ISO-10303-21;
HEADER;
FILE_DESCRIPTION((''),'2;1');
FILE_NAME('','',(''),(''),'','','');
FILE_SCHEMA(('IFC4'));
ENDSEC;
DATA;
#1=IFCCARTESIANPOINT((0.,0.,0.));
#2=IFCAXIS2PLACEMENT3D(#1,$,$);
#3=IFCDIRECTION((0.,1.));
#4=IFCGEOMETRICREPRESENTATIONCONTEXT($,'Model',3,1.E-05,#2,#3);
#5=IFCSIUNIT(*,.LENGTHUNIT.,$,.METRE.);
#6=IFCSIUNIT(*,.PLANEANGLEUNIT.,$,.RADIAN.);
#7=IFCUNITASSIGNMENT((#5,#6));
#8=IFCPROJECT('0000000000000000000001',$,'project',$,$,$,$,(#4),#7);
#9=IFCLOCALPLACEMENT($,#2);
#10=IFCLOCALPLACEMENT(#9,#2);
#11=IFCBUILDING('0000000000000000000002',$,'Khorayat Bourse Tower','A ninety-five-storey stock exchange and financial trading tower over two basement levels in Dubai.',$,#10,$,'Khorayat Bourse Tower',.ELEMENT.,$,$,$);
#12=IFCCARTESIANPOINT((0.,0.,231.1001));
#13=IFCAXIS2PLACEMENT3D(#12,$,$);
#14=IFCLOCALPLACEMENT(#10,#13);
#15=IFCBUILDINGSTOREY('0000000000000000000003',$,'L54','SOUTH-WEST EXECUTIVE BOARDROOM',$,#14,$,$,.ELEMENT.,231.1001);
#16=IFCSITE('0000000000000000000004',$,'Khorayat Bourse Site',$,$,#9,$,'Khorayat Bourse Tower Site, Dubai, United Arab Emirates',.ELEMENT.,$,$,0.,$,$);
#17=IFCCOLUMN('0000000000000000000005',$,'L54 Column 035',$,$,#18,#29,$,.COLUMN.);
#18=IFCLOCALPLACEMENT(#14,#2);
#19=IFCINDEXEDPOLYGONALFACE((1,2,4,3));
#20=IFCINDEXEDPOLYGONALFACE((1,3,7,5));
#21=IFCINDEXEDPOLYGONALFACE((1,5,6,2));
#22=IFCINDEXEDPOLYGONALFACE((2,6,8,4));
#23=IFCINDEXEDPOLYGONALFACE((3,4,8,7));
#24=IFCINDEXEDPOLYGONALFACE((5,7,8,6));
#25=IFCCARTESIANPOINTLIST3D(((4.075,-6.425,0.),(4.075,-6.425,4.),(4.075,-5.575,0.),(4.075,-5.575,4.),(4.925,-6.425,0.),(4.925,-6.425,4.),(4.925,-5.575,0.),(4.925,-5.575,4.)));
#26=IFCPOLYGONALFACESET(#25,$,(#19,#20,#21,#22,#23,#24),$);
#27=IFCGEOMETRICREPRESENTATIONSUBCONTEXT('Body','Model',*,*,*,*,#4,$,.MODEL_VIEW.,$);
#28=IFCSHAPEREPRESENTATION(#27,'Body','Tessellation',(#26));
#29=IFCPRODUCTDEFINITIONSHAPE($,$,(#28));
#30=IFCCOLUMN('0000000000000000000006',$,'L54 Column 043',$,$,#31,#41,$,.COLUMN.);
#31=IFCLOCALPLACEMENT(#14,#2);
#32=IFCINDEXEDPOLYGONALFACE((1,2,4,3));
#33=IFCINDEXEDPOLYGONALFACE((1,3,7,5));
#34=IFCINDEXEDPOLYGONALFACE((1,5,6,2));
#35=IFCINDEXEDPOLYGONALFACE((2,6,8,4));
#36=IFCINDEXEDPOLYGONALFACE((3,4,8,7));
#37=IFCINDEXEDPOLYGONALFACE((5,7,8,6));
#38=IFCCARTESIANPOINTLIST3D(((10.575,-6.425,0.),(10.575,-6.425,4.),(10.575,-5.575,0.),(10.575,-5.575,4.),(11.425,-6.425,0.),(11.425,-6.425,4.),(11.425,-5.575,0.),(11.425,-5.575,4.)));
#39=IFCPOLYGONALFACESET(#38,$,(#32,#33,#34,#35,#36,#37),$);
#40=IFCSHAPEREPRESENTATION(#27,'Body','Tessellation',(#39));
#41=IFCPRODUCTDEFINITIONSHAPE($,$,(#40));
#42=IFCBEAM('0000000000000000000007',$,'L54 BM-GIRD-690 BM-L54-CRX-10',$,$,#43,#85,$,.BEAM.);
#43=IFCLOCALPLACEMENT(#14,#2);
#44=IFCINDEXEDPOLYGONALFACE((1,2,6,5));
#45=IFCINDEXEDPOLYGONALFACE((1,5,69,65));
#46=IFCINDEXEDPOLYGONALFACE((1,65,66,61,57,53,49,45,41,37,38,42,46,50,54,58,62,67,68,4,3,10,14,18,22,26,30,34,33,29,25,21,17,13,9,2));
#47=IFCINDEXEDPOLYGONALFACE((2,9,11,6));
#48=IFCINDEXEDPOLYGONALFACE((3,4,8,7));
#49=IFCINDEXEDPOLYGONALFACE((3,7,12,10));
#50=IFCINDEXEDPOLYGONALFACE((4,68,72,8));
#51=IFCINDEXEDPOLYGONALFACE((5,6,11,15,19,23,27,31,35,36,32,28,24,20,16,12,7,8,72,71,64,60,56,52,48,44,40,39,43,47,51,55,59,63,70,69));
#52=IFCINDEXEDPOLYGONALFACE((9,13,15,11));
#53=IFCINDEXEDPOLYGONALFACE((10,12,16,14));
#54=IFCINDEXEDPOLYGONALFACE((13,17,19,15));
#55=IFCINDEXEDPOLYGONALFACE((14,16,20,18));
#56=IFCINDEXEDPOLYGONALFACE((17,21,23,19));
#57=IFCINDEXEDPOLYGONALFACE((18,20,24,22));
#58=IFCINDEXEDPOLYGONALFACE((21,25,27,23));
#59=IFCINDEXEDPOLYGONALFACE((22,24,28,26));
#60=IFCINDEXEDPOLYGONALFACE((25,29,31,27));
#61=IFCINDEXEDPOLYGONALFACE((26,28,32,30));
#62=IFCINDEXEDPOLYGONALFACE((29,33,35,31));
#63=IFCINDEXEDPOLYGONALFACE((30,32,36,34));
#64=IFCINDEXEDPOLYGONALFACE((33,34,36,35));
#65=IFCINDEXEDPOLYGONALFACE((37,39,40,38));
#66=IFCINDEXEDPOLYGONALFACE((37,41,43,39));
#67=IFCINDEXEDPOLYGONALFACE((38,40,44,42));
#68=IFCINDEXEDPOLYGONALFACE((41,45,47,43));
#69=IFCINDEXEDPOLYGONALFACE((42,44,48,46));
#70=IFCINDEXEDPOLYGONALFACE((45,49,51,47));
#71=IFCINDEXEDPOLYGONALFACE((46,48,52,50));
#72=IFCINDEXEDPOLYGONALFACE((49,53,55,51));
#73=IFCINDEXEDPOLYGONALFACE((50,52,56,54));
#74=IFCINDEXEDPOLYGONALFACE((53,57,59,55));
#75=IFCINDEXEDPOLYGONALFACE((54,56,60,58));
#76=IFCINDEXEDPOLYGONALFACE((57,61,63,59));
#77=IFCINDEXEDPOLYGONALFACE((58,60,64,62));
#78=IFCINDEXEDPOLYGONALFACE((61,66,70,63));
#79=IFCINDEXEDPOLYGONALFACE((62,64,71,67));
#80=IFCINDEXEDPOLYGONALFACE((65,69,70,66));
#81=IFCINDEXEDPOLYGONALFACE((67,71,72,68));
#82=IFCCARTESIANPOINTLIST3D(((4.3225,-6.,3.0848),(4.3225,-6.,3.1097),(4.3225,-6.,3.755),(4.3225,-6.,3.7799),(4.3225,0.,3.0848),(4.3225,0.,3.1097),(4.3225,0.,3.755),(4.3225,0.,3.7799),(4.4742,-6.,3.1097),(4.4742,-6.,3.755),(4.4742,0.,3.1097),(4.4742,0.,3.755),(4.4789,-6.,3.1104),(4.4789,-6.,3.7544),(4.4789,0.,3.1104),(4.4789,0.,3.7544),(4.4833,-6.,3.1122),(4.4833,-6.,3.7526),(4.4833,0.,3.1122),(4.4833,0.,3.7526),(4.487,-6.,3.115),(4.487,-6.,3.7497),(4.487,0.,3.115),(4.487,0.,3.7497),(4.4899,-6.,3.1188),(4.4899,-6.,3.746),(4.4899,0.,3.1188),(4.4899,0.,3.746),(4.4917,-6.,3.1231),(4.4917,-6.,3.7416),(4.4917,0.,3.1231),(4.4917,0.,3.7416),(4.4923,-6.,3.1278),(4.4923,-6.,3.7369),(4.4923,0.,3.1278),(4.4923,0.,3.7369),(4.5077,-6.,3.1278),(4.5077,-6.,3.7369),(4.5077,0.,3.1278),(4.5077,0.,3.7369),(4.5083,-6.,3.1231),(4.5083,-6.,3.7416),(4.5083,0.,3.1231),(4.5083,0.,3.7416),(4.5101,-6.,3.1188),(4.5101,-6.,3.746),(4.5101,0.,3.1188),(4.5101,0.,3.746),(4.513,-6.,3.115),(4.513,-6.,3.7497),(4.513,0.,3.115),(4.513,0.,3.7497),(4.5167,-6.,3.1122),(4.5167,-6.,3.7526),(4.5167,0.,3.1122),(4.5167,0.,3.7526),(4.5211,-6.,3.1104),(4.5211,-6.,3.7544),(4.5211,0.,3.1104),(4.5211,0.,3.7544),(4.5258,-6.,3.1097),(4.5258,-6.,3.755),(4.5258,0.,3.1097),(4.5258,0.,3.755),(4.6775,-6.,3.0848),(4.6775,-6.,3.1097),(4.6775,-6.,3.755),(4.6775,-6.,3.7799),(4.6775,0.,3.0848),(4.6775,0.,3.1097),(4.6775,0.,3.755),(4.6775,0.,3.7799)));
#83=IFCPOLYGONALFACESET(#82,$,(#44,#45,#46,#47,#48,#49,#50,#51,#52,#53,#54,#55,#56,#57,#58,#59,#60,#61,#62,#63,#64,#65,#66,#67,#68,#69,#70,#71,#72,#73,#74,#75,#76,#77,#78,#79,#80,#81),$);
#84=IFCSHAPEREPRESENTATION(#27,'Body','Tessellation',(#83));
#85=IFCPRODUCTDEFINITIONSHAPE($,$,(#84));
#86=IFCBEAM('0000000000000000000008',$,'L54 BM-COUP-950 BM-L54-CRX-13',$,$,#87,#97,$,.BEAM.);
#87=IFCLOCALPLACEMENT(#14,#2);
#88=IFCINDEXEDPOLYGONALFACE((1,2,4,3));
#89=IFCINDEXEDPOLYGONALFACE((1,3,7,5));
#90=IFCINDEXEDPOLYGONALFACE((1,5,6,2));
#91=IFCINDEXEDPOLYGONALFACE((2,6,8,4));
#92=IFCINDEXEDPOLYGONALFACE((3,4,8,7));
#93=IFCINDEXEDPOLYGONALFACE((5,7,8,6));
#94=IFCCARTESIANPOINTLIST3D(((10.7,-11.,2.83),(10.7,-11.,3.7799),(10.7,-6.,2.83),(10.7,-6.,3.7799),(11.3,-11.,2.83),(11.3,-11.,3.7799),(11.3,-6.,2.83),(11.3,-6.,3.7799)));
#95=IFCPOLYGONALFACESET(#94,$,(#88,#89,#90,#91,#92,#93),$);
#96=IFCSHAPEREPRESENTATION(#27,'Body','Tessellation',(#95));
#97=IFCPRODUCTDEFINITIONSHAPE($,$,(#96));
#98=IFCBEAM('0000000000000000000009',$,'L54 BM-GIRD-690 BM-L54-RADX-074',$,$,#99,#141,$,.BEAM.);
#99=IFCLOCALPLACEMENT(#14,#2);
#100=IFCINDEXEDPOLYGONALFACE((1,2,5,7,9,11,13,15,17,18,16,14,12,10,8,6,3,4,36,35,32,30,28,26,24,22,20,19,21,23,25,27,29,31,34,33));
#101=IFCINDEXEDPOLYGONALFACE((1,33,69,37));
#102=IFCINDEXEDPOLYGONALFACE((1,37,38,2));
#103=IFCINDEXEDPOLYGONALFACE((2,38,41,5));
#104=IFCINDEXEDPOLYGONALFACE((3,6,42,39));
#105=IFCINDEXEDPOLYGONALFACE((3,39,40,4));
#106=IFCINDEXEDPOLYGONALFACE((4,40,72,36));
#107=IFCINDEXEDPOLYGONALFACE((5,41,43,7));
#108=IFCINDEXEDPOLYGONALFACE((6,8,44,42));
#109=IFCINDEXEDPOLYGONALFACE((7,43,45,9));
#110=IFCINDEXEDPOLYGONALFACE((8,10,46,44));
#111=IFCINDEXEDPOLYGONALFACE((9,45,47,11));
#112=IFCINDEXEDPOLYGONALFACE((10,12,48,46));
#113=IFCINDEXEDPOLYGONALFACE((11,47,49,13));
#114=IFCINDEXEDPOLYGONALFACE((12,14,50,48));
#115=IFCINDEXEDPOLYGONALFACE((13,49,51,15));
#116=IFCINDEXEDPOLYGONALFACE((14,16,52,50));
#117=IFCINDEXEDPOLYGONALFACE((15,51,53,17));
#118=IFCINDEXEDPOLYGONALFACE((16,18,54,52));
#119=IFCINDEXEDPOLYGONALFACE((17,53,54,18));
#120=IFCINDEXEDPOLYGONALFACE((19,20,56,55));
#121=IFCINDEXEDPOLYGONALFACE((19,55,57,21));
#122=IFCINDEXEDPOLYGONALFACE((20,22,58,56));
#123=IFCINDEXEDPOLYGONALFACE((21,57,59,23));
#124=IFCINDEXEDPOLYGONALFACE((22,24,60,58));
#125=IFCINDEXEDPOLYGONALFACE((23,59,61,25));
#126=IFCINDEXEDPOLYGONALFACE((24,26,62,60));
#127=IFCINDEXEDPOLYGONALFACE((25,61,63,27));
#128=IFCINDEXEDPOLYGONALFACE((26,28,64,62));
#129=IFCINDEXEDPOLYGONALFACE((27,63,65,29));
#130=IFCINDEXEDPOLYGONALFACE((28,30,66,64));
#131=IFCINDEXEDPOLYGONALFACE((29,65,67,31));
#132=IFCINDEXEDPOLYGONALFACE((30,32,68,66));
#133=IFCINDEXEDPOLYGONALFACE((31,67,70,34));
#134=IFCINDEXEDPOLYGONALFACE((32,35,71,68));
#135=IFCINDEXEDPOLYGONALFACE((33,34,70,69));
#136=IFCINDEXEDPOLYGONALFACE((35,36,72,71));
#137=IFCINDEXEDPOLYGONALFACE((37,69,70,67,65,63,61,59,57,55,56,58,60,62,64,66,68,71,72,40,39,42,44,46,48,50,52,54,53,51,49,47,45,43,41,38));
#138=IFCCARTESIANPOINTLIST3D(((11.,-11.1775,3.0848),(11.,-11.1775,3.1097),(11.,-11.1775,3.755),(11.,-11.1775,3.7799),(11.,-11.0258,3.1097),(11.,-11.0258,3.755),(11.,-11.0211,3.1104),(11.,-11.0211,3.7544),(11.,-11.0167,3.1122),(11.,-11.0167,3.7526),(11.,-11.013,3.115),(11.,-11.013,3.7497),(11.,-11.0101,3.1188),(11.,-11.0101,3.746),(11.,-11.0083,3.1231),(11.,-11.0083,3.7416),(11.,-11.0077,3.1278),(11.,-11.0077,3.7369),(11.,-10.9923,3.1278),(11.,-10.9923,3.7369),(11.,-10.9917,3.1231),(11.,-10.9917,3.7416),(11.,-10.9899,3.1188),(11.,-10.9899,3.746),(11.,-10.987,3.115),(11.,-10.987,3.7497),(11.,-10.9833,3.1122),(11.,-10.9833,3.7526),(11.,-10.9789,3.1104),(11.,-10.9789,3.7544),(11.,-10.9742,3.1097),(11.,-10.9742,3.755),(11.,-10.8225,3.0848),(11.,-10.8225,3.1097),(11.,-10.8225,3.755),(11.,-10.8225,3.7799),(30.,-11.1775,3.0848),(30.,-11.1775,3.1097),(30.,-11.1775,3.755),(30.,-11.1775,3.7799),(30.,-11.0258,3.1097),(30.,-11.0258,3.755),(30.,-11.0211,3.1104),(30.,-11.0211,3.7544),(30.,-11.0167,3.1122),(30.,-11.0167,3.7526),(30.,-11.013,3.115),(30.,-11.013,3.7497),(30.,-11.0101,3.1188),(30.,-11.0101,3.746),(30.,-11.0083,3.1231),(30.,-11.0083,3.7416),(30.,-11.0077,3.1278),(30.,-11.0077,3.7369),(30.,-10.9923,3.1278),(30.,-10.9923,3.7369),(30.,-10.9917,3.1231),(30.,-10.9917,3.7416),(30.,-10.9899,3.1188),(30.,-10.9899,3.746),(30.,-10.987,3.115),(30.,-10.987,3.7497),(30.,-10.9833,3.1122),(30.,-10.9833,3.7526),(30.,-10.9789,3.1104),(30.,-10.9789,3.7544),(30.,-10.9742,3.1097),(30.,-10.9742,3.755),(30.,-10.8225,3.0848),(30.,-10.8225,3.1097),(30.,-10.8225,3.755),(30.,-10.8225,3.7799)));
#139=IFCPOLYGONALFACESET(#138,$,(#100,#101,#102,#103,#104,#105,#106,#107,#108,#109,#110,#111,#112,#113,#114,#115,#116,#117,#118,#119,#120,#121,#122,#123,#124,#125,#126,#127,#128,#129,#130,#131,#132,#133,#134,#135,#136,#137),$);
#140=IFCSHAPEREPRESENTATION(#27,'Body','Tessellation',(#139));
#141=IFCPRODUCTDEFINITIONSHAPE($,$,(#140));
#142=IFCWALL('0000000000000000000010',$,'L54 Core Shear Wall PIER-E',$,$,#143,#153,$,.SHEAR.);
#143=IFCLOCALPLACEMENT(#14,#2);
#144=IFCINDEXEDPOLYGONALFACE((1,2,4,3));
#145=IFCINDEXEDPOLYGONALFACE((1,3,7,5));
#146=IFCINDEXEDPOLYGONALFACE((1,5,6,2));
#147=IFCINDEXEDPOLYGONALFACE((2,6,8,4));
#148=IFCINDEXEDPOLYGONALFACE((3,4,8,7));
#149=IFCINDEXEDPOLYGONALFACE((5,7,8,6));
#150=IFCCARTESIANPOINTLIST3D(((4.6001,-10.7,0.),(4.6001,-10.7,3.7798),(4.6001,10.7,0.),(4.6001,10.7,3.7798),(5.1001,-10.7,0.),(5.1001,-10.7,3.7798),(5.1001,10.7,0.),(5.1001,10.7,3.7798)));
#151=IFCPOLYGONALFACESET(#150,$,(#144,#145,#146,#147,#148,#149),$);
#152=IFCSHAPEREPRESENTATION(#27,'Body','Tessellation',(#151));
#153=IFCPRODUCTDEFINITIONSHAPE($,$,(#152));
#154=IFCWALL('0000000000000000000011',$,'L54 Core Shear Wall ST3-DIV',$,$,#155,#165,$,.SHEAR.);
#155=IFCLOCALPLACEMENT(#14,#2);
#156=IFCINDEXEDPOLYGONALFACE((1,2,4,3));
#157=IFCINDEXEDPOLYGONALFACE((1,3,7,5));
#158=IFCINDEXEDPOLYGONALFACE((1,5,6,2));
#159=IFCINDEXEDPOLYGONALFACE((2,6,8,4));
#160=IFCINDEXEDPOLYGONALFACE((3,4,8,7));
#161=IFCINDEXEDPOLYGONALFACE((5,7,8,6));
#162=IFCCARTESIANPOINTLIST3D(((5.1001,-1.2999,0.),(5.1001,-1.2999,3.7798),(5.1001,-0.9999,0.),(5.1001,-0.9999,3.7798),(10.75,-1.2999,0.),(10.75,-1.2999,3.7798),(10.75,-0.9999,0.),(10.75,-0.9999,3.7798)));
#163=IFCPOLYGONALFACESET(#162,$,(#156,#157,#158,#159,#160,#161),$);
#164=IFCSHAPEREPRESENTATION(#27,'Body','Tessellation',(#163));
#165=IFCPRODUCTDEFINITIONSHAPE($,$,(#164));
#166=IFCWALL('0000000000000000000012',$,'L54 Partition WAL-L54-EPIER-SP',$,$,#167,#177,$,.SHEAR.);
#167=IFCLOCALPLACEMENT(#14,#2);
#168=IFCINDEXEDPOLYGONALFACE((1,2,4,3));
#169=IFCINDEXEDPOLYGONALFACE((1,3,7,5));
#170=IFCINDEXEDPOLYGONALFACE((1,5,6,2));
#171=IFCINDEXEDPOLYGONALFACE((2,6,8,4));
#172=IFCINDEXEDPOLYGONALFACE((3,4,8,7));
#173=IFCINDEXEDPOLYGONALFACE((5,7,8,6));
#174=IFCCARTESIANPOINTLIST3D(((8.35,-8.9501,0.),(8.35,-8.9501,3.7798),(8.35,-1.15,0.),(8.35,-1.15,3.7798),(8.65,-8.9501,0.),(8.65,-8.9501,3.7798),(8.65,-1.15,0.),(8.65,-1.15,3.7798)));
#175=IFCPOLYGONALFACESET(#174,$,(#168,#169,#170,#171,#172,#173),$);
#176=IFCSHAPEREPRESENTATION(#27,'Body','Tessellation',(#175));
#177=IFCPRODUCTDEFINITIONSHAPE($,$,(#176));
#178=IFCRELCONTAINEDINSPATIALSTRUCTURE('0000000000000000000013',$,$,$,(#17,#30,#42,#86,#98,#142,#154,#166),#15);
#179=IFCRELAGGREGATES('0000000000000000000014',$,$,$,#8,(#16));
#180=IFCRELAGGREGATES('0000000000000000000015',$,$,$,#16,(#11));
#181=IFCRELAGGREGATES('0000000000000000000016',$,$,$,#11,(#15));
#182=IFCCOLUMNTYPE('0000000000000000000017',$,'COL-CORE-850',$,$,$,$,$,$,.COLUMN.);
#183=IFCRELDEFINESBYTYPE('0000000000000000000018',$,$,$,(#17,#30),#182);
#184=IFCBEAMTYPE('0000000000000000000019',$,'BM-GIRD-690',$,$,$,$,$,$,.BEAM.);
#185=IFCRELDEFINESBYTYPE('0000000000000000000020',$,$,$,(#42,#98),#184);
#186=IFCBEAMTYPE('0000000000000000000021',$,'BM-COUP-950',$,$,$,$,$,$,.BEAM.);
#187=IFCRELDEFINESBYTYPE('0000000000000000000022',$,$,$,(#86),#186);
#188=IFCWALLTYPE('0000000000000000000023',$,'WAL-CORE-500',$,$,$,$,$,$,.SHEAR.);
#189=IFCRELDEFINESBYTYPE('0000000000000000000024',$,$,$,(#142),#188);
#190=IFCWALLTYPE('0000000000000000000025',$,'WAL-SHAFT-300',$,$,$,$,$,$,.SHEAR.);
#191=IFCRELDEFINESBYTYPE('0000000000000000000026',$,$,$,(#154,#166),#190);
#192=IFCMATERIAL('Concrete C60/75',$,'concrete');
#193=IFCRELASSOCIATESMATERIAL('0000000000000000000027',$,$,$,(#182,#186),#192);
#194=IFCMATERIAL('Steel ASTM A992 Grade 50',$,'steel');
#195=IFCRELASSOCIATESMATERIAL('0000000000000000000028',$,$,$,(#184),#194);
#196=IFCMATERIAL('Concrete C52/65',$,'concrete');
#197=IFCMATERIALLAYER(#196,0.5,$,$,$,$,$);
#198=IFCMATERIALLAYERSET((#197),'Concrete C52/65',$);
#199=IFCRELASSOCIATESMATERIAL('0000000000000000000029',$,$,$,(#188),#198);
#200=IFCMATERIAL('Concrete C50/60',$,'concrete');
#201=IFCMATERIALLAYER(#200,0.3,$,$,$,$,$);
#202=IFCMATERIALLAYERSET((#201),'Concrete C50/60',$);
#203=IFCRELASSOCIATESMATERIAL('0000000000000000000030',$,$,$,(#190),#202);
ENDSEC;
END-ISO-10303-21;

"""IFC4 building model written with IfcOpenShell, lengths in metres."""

from ifc_helpers import new_model, si_unit, direction, frame, frame_2d, origin, origin_2d, place, context, subcontext, project, spatial, rectangle, i_section, extrude, source, transform, mapped, material, layer, layer_set, material_profile, profile_set, type_object, element, save


model = new_model("IFC4")

# Units and contexts
model_context = context("Model", 3, precision=1e-05, world=origin(), true_north=direction((0.0, 1.0)))
body_context = subcontext(model_context, "Body", "Model", "MODEL_VIEW")
ifc_project = project(units=[si_unit("LENGTHUNIT", "METRE"), si_unit("PLANEANGLEUNIT", "RADIAN")], contexts=[model_context])

# Site, building, storey
site_placement = place(None, origin())
site = spatial("IfcSite", under=ifc_project, at=site_placement, Name="Khorayat Bourse Site", LongName="Khorayat Bourse Tower Site, Dubai, United Arab Emirates", CompositionType="ELEMENT", RefElevation=0.0)
building_placement = place(site_placement, origin())
building = spatial("IfcBuilding", under=site, at=building_placement, Name="Khorayat Bourse Tower", Description="A ninety-five-storey stock exchange and financial trading tower over two basement levels in Dubai.", LongName="Khorayat Bourse Tower", CompositionType="ELEMENT")
storey_placement = place(building_placement, frame((0.0, 0.0, 231.1001)))
storey = spatial("IfcBuildingStorey", under=building, at=storey_placement, Name="L54", Description="SOUTH-WEST EXECUTIVE BOARDROOM", CompositionType="ELEMENT", Elevation=231.1001)

# Columns
ifc_material_1 = material(Name="Concrete C60/75", Category="concrete")
ifc_material_profile_1 = material_profile(ifc_material_1, rectangle(XDim=0.8501, YDim=0.8501, at=origin_2d()), Name="RC 850x850")
ifc_profile_set_1 = profile_set([ifc_material_profile_1], Name="Concrete C60/75")
column_type = type_object("IfcColumnType", Name="COL-CORE-850", PredefinedType="COLUMN", material=ifc_profile_set_1)
shared_shape_1 = source(origin(), body_context, "Body", "SweptSolid", [
    extrude(rectangle(XDim=0.8501, YDim=0.8501, at=origin_2d()), origin(), (0.0, 0.0, 1.0), 4.0),
])
for number, where, z_axis, x_axis, name in (
    (1, (4.5, -6.0, 0.0), (0.0, 0.0, 1.0), (1.0, 0.0, 0.0), "L54 Column 035"),
    (2, (11.0, -6.0, 0.0), (0.0, 0.0, 1.0), (1.0, 0.0, 0.0), "L54 Column 043"),
):
    element("IfcColumn", number, at=place(storey_placement, frame(where, z_axis=z_axis, x_axis=x_axis)), inside=storey, type_object=column_type, Name=name, PredefinedType="COLUMN", context=body_context, shape_type="MappedRepresentation", body=[
        mapped(shared_shape_1, transform((0.0, 0.0, 0.0), scale=1.0)),
    ])

# Beams
ifc_material_2 = material(Name="Steel ASTM A992 Grade 50", Category="steel")
ifc_material_profile_2 = material_profile(ifc_material_2, i_section(OverallWidth=0.355, OverallDepth=0.6951, WebThickness=0.0154, FlangeThickness=0.0249, FilletRadius=0.0181, at=origin_2d()), Name="W690X217")
ifc_profile_set_2 = profile_set([ifc_material_profile_2], Name="Steel ASTM A992 Grade 50")
beam_type_1 = type_object("IfcBeamType", Name="BM-GIRD-690", PredefinedType="BEAM", material=ifc_profile_set_2)
shared_shape_2 = source(origin(), body_context, "Body", "SweptSolid", [
    extrude(i_section(OverallWidth=0.355, OverallDepth=0.6951, WebThickness=0.0154, FlangeThickness=0.0249, FilletRadius=0.0181, at=origin_2d()), origin(), (0.0, 0.0, 1.0), 6.0),
])
beam_1_placement = place(storey_placement, frame((4.5, -6.0, 3.4324), z_axis=(0.0, 1.0, 0.0), x_axis=(-1.0, 0.0, 0.0)))
element("IfcBeam", 3, at=beam_1_placement, inside=storey, type_object=beam_type_1, Name="L54 BM-GIRD-690 BM-L54-CRX-10", PredefinedType="BEAM", context=body_context, shape_type="MappedRepresentation", body=[
    mapped(shared_shape_2, transform((0.0, 0.0, 0.0), scale=1.0)),
])
ifc_material_profile_3 = material_profile(ifc_material_1, rectangle(XDim=0.6001, YDim=0.95, at=origin_2d()), Name="RC 600x950")
ifc_profile_set_3 = profile_set([ifc_material_profile_3], Name="Concrete C60/75")
beam_type_2 = type_object("IfcBeamType", Name="BM-COUP-950", PredefinedType="BEAM", material=ifc_profile_set_3)
shared_shape_3 = source(origin(), body_context, "Body", "SweptSolid", [
    extrude(rectangle(XDim=0.6001, YDim=0.95, at=origin_2d()), origin(), (0.0, 0.0, 1.0), 5.0),
])
beam_2_placement = place(storey_placement, frame((11.0, -11.0, 3.3049), z_axis=(0.0, 1.0, 0.0), x_axis=(-1.0, 0.0, 0.0)))
element("IfcBeam", 4, at=beam_2_placement, inside=storey, type_object=beam_type_2, Name="L54 BM-COUP-950 BM-L54-CRX-13", PredefinedType="BEAM", context=body_context, shape_type="MappedRepresentation", body=[
    mapped(shared_shape_3, transform((0.0, 0.0, 0.0), scale=1.0)),
])
shared_shape_4 = source(origin(), body_context, "Body", "SweptSolid", [
    extrude(i_section(OverallWidth=0.355, OverallDepth=0.6951, WebThickness=0.0154, FlangeThickness=0.0249, FilletRadius=0.0181, at=origin_2d()), origin(), (0.0, 0.0, 1.0), 19.0),
])
beam_3_placement = place(storey_placement, frame((11.0, -11.0, 3.4324), z_axis=(1.0, 0.0, 0.0), x_axis=(0.0, 1.0, 0.0)))
element("IfcBeam", 5, at=beam_3_placement, inside=storey, type_object=beam_type_1, Name="L54 BM-GIRD-690 BM-L54-RADX-074", PredefinedType="BEAM", context=body_context, shape_type="MappedRepresentation", body=[
    mapped(shared_shape_4, transform((0.0, 0.0, 0.0), scale=1.0)),
])

# Walls
ifc_material_3 = material(Name="Concrete C52/65", Category="concrete")
ifc_layer_1 = layer(ifc_material_3, 0.5)
ifc_layer_set_1 = layer_set([ifc_layer_1], Name="Concrete C52/65")
wall_type_1 = type_object("IfcWallType", Name="WAL-CORE-500", PredefinedType="SHEAR", material=ifc_layer_set_1)
shared_shape_5 = source(origin(), body_context, "Body", "SweptSolid", [
    extrude(rectangle(XDim=21.3999, YDim=0.5, at=frame_2d((10.7, 0.0))), origin(), (0.0, 0.0, 1.0), 3.7798),
])
wall_1_placement = place(storey_placement, frame((4.8501, -10.7, 0.0), z_axis=(0.0, 0.0, 1.0), x_axis=(0.0, 1.0, 0.0)))
element("IfcWall", 6, at=wall_1_placement, inside=storey, type_object=wall_type_1, Name="L54 Core Shear Wall PIER-E", PredefinedType="SHEAR", context=body_context, shape_type="MappedRepresentation", body=[
    mapped(shared_shape_5, transform((0.0, 0.0, 0.0), scale=1.0)),
])
ifc_material_4 = material(Name="Concrete C50/60", Category="concrete")
ifc_layer_2 = layer(ifc_material_4, 0.3)
ifc_layer_set_2 = layer_set([ifc_layer_2], Name="Concrete C50/60")
wall_type_2 = type_object("IfcWallType", Name="WAL-SHAFT-300", PredefinedType="SHEAR", material=ifc_layer_set_2)
shared_shape_6 = source(origin(), body_context, "Body", "SweptSolid", [
    extrude(rectangle(XDim=5.6499, YDim=0.3, at=frame_2d((2.825, 0.0))), origin(), (0.0, 0.0, 1.0), 3.7798),
])
wall_2_placement = place(storey_placement, frame((5.1001, -1.1499, 0.0), z_axis=(0.0, 0.0, 1.0), x_axis=(1.0, 0.0, 0.0)))
element("IfcWall", 7, at=wall_2_placement, inside=storey, type_object=wall_type_2, Name="L54 Core Shear Wall ST3-DIV", PredefinedType="SHEAR", context=body_context, shape_type="MappedRepresentation", body=[
    mapped(shared_shape_6, transform((0.0, 0.0, 0.0), scale=1.0)),
])
shared_shape_7 = source(origin(), body_context, "Body", "SweptSolid", [
    extrude(rectangle(XDim=7.8, YDim=0.3, at=frame_2d((3.8999, 0.0))), origin(), (0.0, 0.0, 1.0), 3.7798),
])
wall_3_placement = place(storey_placement, frame((8.5, -8.95, 0.0), z_axis=(0.0, 0.0, 1.0), x_axis=(0.0, 1.0, 0.0)))
element("IfcWall", 8, at=wall_3_placement, inside=storey, type_object=wall_type_2, Name="L54 Partition WAL-L54-EPIER-SP", PredefinedType="SHEAR", context=body_context, shape_type="MappedRepresentation", body=[
    mapped(shared_shape_7, transform((0.0, 0.0, 0.0), scale=1.0)),
])

save(model, "model.ifc")
